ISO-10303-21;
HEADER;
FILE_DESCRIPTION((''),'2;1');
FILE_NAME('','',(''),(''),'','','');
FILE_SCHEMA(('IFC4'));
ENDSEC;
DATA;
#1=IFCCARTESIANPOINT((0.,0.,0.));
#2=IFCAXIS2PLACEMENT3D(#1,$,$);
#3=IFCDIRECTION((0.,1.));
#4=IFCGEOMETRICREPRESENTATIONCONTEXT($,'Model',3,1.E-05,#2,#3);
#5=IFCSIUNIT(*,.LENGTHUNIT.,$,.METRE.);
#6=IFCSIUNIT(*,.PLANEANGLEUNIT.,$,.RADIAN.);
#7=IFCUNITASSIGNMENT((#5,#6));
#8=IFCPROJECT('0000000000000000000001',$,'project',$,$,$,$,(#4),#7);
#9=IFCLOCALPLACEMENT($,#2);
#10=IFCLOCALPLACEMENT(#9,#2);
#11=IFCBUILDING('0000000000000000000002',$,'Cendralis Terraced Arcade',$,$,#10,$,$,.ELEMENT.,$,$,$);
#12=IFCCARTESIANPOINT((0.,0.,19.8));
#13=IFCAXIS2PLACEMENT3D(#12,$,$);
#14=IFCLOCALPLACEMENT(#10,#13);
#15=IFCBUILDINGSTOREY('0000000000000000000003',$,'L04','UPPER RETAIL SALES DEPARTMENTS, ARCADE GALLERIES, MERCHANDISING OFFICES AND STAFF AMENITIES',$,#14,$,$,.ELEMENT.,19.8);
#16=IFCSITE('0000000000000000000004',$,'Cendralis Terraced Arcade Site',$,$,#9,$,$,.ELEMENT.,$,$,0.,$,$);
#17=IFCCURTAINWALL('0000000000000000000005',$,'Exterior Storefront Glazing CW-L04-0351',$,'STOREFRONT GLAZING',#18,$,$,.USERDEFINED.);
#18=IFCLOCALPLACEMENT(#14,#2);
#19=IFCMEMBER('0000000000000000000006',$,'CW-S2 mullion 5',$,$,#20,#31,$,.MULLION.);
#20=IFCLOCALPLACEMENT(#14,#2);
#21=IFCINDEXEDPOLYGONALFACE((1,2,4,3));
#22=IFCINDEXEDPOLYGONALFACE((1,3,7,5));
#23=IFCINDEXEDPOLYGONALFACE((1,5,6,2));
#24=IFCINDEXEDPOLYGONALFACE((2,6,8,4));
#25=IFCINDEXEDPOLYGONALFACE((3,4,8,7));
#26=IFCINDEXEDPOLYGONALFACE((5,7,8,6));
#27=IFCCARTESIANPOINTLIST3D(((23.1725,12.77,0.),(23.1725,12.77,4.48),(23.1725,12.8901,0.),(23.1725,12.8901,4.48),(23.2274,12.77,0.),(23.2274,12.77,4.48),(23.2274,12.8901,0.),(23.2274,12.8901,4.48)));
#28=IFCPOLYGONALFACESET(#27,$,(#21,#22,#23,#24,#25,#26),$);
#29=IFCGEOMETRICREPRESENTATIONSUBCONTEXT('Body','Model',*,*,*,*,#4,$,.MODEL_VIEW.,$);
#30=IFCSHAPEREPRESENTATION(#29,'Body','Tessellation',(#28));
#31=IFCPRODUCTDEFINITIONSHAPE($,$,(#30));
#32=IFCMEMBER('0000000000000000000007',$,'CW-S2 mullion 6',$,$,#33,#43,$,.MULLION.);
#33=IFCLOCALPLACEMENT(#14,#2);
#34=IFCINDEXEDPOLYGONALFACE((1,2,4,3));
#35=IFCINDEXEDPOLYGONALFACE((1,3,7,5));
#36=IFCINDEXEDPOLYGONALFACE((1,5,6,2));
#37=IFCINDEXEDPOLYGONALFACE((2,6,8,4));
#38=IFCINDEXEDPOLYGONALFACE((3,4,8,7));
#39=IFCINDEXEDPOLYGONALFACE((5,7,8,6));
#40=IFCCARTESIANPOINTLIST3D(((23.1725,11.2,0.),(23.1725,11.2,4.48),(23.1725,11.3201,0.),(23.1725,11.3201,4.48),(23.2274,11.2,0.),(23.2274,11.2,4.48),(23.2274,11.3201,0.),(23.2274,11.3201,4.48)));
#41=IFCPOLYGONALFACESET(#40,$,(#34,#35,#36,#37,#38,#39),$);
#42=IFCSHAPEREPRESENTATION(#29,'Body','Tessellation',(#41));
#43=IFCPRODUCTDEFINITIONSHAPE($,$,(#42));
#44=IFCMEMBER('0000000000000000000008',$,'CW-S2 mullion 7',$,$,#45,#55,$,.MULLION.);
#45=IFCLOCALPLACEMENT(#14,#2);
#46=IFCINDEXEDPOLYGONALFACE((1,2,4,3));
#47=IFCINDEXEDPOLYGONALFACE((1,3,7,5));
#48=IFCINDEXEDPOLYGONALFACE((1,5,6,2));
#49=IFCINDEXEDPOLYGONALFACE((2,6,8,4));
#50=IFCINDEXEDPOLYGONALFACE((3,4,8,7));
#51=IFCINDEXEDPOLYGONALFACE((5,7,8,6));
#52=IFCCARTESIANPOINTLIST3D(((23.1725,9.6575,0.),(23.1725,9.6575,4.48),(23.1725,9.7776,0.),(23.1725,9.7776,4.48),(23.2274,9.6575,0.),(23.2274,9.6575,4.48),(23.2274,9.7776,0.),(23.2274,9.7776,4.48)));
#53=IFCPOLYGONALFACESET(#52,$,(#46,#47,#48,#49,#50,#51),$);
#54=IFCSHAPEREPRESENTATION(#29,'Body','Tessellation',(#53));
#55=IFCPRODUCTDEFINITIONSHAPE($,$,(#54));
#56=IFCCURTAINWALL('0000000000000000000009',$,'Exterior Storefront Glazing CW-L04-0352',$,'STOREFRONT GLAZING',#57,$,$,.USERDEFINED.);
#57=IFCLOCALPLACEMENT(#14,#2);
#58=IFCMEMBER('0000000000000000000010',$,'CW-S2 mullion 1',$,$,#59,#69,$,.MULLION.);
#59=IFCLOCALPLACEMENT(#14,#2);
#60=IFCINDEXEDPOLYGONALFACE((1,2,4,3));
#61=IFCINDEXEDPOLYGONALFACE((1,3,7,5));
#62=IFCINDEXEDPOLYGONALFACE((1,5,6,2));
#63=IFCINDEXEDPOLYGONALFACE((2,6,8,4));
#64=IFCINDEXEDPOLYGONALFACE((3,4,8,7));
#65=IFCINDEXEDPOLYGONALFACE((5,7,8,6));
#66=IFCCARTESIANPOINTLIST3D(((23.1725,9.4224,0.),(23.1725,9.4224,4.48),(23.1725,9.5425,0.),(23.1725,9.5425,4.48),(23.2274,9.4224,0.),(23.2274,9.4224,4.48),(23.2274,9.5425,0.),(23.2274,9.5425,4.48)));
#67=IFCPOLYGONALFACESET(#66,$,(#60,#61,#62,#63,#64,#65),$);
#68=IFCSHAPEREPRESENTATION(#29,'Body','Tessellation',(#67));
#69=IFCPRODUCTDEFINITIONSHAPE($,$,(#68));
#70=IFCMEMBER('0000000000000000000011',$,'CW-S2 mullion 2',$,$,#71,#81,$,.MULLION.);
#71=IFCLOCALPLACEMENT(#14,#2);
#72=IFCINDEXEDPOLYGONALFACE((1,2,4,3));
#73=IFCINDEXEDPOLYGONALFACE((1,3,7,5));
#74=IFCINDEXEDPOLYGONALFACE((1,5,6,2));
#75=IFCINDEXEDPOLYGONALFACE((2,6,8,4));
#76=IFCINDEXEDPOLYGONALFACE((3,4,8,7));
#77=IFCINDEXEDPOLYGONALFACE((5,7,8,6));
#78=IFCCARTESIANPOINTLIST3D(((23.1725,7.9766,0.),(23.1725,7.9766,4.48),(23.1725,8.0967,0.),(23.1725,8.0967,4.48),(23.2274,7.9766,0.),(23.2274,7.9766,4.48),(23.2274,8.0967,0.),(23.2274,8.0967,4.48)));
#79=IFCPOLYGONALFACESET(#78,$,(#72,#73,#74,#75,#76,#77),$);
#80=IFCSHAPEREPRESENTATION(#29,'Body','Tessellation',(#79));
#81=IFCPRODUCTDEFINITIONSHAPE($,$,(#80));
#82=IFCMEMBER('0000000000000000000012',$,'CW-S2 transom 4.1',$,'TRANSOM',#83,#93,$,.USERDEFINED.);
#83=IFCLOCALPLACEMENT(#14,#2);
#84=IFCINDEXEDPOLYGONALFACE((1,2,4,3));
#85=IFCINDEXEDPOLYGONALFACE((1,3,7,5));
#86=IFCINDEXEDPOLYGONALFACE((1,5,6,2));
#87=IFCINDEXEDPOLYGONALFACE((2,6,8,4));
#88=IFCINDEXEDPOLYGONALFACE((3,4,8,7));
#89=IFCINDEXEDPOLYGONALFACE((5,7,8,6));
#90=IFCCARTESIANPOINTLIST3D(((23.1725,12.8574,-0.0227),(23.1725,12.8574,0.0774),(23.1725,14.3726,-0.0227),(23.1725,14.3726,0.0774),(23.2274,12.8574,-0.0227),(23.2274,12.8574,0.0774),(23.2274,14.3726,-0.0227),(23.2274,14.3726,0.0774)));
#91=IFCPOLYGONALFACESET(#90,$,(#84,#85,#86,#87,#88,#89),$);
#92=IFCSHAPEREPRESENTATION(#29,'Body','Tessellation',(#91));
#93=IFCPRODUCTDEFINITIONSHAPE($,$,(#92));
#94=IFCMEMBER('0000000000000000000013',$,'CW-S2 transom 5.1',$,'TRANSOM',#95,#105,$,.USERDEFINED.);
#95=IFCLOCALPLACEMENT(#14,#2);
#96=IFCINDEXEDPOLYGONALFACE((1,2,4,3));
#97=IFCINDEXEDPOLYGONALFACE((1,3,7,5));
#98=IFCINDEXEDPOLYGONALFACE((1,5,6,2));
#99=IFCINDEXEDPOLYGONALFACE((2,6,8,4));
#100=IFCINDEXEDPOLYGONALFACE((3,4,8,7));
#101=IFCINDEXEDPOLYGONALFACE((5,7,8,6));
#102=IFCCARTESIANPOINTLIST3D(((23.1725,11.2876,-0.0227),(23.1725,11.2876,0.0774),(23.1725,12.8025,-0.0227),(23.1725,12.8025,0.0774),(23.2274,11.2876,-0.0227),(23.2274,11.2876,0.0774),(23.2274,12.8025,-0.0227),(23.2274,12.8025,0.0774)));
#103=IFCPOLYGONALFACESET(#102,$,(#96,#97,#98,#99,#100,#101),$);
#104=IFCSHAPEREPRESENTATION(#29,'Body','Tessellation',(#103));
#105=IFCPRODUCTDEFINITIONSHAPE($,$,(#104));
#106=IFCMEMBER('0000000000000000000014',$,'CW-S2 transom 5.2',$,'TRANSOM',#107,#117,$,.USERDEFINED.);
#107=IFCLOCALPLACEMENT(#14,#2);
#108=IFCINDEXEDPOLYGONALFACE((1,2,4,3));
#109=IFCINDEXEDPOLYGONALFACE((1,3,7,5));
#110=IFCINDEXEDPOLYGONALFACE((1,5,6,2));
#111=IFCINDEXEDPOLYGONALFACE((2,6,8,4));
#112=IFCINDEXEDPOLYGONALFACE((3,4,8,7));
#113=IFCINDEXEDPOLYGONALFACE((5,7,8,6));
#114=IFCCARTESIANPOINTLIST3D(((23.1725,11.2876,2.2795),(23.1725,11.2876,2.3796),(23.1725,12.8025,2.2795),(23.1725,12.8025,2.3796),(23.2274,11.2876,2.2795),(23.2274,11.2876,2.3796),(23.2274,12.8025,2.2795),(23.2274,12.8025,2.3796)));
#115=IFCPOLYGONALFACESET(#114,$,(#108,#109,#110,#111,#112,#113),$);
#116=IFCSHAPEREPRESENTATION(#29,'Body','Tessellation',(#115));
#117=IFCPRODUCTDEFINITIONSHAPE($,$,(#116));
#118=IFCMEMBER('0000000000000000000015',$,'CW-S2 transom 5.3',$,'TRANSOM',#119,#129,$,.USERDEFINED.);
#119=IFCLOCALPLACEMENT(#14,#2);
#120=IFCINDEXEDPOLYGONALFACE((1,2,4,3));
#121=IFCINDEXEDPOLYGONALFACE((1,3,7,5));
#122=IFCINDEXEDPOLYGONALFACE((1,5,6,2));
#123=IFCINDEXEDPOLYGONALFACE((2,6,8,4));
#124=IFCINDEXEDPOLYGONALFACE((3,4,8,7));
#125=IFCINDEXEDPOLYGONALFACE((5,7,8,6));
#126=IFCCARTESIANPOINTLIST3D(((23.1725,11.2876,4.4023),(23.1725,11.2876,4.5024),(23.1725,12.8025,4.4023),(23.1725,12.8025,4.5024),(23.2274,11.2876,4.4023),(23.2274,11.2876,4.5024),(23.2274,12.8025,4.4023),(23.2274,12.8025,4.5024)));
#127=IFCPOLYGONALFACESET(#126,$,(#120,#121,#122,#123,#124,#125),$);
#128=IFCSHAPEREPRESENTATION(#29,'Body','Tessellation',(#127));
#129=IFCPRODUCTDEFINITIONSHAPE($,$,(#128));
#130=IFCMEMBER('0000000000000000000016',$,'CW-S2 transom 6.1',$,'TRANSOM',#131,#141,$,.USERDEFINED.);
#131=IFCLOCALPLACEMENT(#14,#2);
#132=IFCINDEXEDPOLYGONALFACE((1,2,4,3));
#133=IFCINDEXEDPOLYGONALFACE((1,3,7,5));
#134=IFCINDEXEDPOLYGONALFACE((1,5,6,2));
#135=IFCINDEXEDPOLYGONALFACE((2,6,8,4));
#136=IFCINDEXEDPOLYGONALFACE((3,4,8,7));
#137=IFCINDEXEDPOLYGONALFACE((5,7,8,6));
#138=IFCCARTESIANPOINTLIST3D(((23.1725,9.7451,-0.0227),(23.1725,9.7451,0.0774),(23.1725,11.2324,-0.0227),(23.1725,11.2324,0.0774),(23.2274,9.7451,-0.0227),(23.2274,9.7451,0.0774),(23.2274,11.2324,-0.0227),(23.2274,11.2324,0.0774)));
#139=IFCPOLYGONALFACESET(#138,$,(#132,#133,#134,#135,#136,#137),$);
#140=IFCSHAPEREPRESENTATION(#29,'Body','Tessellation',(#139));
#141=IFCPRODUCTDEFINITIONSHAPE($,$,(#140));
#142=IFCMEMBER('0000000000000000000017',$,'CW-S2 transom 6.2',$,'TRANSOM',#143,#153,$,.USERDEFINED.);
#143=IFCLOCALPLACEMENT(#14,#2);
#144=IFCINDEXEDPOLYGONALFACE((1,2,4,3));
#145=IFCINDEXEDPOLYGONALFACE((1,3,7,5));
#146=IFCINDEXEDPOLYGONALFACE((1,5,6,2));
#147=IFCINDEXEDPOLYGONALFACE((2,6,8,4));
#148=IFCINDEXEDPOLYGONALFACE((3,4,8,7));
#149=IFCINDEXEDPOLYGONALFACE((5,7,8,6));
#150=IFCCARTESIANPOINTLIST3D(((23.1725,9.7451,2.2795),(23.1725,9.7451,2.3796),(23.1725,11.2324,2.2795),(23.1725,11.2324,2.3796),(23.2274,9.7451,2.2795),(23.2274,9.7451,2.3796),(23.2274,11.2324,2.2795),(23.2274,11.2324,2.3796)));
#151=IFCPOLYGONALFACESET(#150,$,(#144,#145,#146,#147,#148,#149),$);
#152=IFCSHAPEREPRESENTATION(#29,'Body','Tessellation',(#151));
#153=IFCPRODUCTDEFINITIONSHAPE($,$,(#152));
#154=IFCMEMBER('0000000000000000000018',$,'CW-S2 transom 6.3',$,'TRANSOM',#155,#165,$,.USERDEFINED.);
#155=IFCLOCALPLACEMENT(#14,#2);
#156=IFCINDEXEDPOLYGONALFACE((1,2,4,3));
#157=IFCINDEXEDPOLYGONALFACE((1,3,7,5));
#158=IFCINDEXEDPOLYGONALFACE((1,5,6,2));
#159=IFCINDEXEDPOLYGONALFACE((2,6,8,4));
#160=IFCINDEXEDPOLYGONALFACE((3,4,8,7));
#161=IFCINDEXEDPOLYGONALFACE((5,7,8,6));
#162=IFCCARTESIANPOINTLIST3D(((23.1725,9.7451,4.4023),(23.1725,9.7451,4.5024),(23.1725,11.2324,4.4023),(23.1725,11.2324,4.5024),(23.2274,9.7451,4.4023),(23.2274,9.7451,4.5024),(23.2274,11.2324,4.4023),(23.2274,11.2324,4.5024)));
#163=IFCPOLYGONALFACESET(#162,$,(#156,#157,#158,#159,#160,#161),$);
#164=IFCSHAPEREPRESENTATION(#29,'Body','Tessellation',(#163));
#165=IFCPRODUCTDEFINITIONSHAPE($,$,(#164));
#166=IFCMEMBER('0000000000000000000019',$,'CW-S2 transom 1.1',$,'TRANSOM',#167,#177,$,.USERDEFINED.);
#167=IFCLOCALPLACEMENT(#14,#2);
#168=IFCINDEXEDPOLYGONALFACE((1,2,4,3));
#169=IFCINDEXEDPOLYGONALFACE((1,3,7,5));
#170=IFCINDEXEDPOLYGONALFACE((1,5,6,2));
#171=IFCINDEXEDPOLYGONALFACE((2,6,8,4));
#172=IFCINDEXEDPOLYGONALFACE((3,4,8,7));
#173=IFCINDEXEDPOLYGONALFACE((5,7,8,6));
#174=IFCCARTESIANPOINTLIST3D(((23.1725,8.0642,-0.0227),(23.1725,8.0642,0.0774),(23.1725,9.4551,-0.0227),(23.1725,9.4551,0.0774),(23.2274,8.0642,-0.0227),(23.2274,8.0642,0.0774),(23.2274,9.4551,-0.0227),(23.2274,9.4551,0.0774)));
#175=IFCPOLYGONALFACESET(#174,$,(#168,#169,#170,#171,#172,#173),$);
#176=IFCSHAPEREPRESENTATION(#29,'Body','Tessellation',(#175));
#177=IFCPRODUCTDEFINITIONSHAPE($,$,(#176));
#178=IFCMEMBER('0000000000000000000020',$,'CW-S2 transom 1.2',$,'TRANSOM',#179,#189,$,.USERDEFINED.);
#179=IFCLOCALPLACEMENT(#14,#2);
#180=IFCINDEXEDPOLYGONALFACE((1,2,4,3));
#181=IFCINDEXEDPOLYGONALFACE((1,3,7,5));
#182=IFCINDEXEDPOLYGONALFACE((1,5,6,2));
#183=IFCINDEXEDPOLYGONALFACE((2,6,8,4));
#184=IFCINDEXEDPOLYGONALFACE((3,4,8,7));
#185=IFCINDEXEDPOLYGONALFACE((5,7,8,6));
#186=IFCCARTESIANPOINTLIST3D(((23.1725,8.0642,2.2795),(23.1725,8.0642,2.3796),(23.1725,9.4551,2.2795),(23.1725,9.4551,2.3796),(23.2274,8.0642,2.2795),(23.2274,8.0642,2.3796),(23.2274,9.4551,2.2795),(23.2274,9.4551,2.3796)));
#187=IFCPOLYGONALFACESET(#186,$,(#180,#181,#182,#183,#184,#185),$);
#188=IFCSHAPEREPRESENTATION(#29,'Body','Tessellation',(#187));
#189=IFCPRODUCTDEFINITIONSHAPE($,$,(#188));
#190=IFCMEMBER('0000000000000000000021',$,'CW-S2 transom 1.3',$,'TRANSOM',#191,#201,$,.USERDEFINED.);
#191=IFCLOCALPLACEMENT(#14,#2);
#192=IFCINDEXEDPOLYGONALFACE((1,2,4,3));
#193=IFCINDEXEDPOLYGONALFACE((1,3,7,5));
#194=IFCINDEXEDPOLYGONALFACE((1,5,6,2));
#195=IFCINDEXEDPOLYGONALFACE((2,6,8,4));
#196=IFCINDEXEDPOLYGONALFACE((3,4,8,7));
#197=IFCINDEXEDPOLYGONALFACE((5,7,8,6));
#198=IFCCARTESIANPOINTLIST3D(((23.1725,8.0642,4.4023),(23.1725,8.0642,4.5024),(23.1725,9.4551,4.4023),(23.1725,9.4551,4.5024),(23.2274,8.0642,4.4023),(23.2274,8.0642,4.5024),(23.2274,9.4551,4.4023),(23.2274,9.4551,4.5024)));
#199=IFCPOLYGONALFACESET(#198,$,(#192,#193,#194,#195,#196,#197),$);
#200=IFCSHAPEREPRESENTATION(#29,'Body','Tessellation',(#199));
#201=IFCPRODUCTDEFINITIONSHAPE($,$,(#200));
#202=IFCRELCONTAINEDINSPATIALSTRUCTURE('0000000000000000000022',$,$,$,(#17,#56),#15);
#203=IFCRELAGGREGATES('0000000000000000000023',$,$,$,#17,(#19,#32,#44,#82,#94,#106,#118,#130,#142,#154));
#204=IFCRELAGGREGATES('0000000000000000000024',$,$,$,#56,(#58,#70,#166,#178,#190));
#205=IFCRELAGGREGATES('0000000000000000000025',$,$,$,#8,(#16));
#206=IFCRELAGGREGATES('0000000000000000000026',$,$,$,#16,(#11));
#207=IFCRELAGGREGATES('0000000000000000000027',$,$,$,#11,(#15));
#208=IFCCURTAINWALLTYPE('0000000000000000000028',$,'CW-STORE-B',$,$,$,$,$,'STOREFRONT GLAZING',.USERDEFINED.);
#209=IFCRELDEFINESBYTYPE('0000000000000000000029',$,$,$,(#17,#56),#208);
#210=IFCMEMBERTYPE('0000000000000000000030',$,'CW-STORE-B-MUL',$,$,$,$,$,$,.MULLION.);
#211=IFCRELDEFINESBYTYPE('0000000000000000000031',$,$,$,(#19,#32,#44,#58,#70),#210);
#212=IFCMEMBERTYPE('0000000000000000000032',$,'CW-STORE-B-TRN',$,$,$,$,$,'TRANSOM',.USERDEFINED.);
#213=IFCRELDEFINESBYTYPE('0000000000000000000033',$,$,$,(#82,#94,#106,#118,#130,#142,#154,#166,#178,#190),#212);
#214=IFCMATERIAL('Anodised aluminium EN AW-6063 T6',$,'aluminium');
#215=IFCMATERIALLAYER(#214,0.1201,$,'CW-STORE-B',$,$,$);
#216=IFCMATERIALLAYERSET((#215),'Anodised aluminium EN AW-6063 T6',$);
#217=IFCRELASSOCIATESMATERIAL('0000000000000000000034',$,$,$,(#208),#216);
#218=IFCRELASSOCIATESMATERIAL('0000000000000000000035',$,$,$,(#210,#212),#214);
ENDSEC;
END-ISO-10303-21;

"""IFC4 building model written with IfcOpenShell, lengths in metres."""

from ifc_helpers import new_model, si_unit, direction, frame, origin, origin_2d, place, context, subcontext, project, spatial, rectangle, extrude, material, layer, layer_set, material_profile, profile_set, type_object, element, aggregate, save


model = new_model("IFC4")

# Units and contexts
model_context = context("Model", 3, precision=1e-05, world=origin(), true_north=direction((0.0, 1.0)))
body_context = subcontext(model_context, "Body", "Model", "MODEL_VIEW")
ifc_project = project(units=[si_unit("LENGTHUNIT", "METRE"), si_unit("PLANEANGLEUNIT", "RADIAN")], contexts=[model_context])

# Site, building, storey
site_placement = place(None, origin())
site = spatial("IfcSite", under=ifc_project, at=site_placement, Name="Cendralis Terraced Arcade Site", CompositionType="ELEMENT", RefElevation=0.0)
building_placement = place(site_placement, origin())
building = spatial("IfcBuilding", under=site, at=building_placement, Name="Cendralis Terraced Arcade", CompositionType="ELEMENT")
storey_placement = place(building_placement, frame((0.0, 0.0, 19.8)))
storey = spatial("IfcBuildingStorey", under=building, at=storey_placement, Name="L04", Description="UPPER RETAIL SALES DEPARTMENTS, ARCADE GALLERIES, MERCHANDISING OFFICES AND STAFF AMENITIES", CompositionType="ELEMENT", Elevation=19.8)

# Curtain walls, members
ifc_material_1 = material(Name="Anodised aluminium EN AW-6063 T6", Category="aluminium")
ifc_layer_1 = layer(ifc_material_1, 0.1201, Name="CW-STORE-B")
ifc_layer_set_1 = layer_set([ifc_layer_1], Name="Anodised aluminium EN AW-6063 T6")
curtain_wall_type = type_object("IfcCurtainWallType", Name="CW-STORE-B", ElementType="STOREFRONT GLAZING", PredefinedType="USERDEFINED", material=ifc_layer_set_1)
curtain_wall_1_placement = place(storey_placement, origin())
curtain_wall_1 = element("IfcCurtainWall", 1, at=curtain_wall_1_placement, inside=storey, type_object=curtain_wall_type, Name="Exterior Storefront Glazing CW-L04-0351", ObjectType="STOREFRONT GLAZING", PredefinedType="USERDEFINED")
ifc_material_profile_1 = material_profile(ifc_material_1, rectangle(XDim=0.0549, YDim=0.1201, at=origin_2d()), Name="ALU-MUL-55x120")
ifc_profile_set_1 = profile_set([ifc_material_profile_1], Name="Anodised aluminium EN AW-6063 T6")
member_type_1 = type_object("IfcMemberType", Name="CW-STORE-B-MUL", PredefinedType="MULLION", material=ifc_profile_set_1)
member_1_placement = place(storey_placement, frame((23.2, 12.8301, 0.0), z_axis=(0.0, 0.0, 1.0), x_axis=(1.0, 0.0, 0.0)))
member_1 = element("IfcMember", 2, at=member_1_placement, type_object=member_type_1, Name="CW-S2 mullion 5", PredefinedType="MULLION", context=body_context, shape_type="SweptSolid", body=[
    extrude(rectangle(XDim=0.0549, YDim=0.1201, at=origin_2d()), origin(), (0.0, 0.0, 1.0), 4.48),
])
member_2_placement = place(storey_placement, frame((23.2, 11.26, 0.0), z_axis=(0.0, 0.0, 1.0), x_axis=(1.0, 0.0, 0.0)))
member_2 = element("IfcMember", 3, at=member_2_placement, type_object=member_type_1, Name="CW-S2 mullion 6", PredefinedType="MULLION", context=body_context, shape_type="SweptSolid", body=[
    extrude(rectangle(XDim=0.0549, YDim=0.1201, at=origin_2d()), origin(), (0.0, 0.0, 1.0), 4.48),
])
member_3_placement = place(storey_placement, frame((23.2, 9.7175, 0.0), z_axis=(0.0, 0.0, 1.0), x_axis=(1.0, 0.0, 0.0)))
member_3 = element("IfcMember", 4, at=member_3_placement, type_object=member_type_1, Name="CW-S2 mullion 7", PredefinedType="MULLION", context=body_context, shape_type="SweptSolid", body=[
    extrude(rectangle(XDim=0.0549, YDim=0.1201, at=origin_2d()), origin(), (0.0, 0.0, 1.0), 4.48),
])
curtain_wall_2_placement = place(storey_placement, origin())
curtain_wall_2 = element("IfcCurtainWall", 5, at=curtain_wall_2_placement, inside=storey, type_object=curtain_wall_type, Name="Exterior Storefront Glazing CW-L04-0352", ObjectType="STOREFRONT GLAZING", PredefinedType="USERDEFINED")
member_4_placement = place(storey_placement, frame((23.2, 9.4824, 0.0), z_axis=(0.0, 0.0, 1.0), x_axis=(1.0, 0.0, 0.0)))
member_4 = element("IfcMember", 6, at=member_4_placement, type_object=member_type_1, Name="CW-S2 mullion 1", PredefinedType="MULLION", context=body_context, shape_type="SweptSolid", body=[
    extrude(rectangle(XDim=0.0549, YDim=0.1201, at=origin_2d()), origin(), (0.0, 0.0, 1.0), 4.48),
])
member_5_placement = place(storey_placement, frame((23.2, 8.0366, 0.0), z_axis=(0.0, 0.0, 1.0), x_axis=(1.0, 0.0, 0.0)))
member_5 = element("IfcMember", 7, at=member_5_placement, type_object=member_type_1, Name="CW-S2 mullion 2", PredefinedType="MULLION", context=body_context, shape_type="SweptSolid", body=[
    extrude(rectangle(XDim=0.0549, YDim=0.1201, at=origin_2d()), origin(), (0.0, 0.0, 1.0), 4.48),
])

# Members
ifc_material_profile_2 = material_profile(ifc_material_1, rectangle(XDim=0.0549, YDim=0.1001, at=origin_2d()), Name="ALU-TRN-55x100")
ifc_profile_set_2 = profile_set([ifc_material_profile_2], Name="Anodised aluminium EN AW-6063 T6")
member_type_2 = type_object("IfcMemberType", Name="CW-STORE-B-TRN", ElementType="TRANSOM", PredefinedType="USERDEFINED", material=ifc_profile_set_2)
member_6_placement = place(storey_placement, frame((23.2, 14.3726, 0.0273), z_axis=(0.0, -1.0, 0.0), x_axis=(1.0, 0.0, 0.0)))
member_6 = element("IfcMember", 8, at=member_6_placement, type_object=member_type_2, Name="CW-S2 transom 4.1", ObjectType="TRANSOM", PredefinedType="USERDEFINED", context=body_context, shape_type="SweptSolid", body=[
    extrude(rectangle(XDim=0.0549, YDim=0.1001, at=origin_2d()), origin(), (0.0, 0.0, 1.0), 1.5151),
])
member_7_placement = place(storey_placement, frame((23.2, 12.8025, 0.0273), z_axis=(0.0, -1.0, 0.0), x_axis=(1.0, 0.0, 0.0)))
member_7 = element("IfcMember", 9, at=member_7_placement, type_object=member_type_2, Name="CW-S2 transom 5.1", ObjectType="TRANSOM", PredefinedType="USERDEFINED", context=body_context, shape_type="SweptSolid", body=[
    extrude(rectangle(XDim=0.0549, YDim=0.1001, at=origin_2d()), origin(), (0.0, 0.0, 1.0), 1.5149),
])
member_8_placement = place(storey_placement, frame((23.2, 12.8025, 2.3296), z_axis=(0.0, -1.0, 0.0), x_axis=(1.0, 0.0, 0.0)))
member_8 = element("IfcMember", 10, at=member_8_placement, type_object=member_type_2, Name="CW-S2 transom 5.2", ObjectType="TRANSOM", PredefinedType="USERDEFINED", context=body_context, shape_type="SweptSolid", body=[
    extrude(rectangle(XDim=0.0549, YDim=0.1001, at=origin_2d()), origin(), (0.0, 0.0, 1.0), 1.5149),
])
member_9_placement = place(storey_placement, frame((23.2, 12.8025, 4.4524), z_axis=(0.0, -1.0, 0.0), x_axis=(1.0, 0.0, 0.0)))
member_9 = element("IfcMember", 11, at=member_9_placement, type_object=member_type_2, Name="CW-S2 transom 5.3", ObjectType="TRANSOM", PredefinedType="USERDEFINED", context=body_context, shape_type="SweptSolid", body=[
    extrude(rectangle(XDim=0.0549, YDim=0.1001, at=origin_2d()), origin(), (0.0, 0.0, 1.0), 1.5149),
])
member_10_placement = place(storey_placement, frame((23.2, 11.2324, 0.0273), z_axis=(0.0, -1.0, 0.0), x_axis=(1.0, 0.0, 0.0)))
member_10 = element("IfcMember", 12, at=member_10_placement, type_object=member_type_2, Name="CW-S2 transom 6.1", ObjectType="TRANSOM", PredefinedType="USERDEFINED", context=body_context, shape_type="SweptSolid", body=[
    extrude(rectangle(XDim=0.0549, YDim=0.1001, at=origin_2d()), origin(), (0.0, 0.0, 1.0), 1.4873),
])
member_11_placement = place(storey_placement, frame((23.2, 11.2324, 2.3296), z_axis=(0.0, -1.0, 0.0), x_axis=(1.0, 0.0, 0.0)))
member_11 = element("IfcMember", 13, at=member_11_placement, type_object=member_type_2, Name="CW-S2 transom 6.2", ObjectType="TRANSOM", PredefinedType="USERDEFINED", context=body_context, shape_type="SweptSolid", body=[
    extrude(rectangle(XDim=0.0549, YDim=0.1001, at=origin_2d()), origin(), (0.0, 0.0, 1.0), 1.4873),
])
member_12_placement = place(storey_placement, frame((23.2, 11.2324, 4.4524), z_axis=(0.0, -1.0, 0.0), x_axis=(1.0, 0.0, 0.0)))
member_12 = element("IfcMember", 14, at=member_12_placement, type_object=member_type_2, Name="CW-S2 transom 6.3", ObjectType="TRANSOM", PredefinedType="USERDEFINED", context=body_context, shape_type="SweptSolid", body=[
    extrude(rectangle(XDim=0.0549, YDim=0.1001, at=origin_2d()), origin(), (0.0, 0.0, 1.0), 1.4873),
])
member_13_placement = place(storey_placement, frame((23.2, 9.4551, 0.0273), z_axis=(0.0, -1.0, 0.0), x_axis=(1.0, 0.0, 0.0)))
member_13 = element("IfcMember", 15, at=member_13_placement, type_object=member_type_2, Name="CW-S2 transom 1.1", ObjectType="TRANSOM", PredefinedType="USERDEFINED", context=body_context, shape_type="SweptSolid", body=[
    extrude(rectangle(XDim=0.0549, YDim=0.1001, at=origin_2d()), origin(), (0.0, 0.0, 1.0), 1.3909),
])
member_14_placement = place(storey_placement, frame((23.2, 9.4551, 2.3296), z_axis=(0.0, -1.0, 0.0), x_axis=(1.0, 0.0, 0.0)))
member_14 = element("IfcMember", 16, at=member_14_placement, type_object=member_type_2, Name="CW-S2 transom 1.2", ObjectType="TRANSOM", PredefinedType="USERDEFINED", context=body_context, shape_type="SweptSolid", body=[
    extrude(rectangle(XDim=0.0549, YDim=0.1001, at=origin_2d()), origin(), (0.0, 0.0, 1.0), 1.3909),
])
member_15_placement = place(storey_placement, frame((23.2, 9.4551, 4.4524), z_axis=(0.0, -1.0, 0.0), x_axis=(1.0, 0.0, 0.0)))
member_15 = element("IfcMember", 17, at=member_15_placement, type_object=member_type_2, Name="CW-S2 transom 1.3", ObjectType="TRANSOM", PredefinedType="USERDEFINED", context=body_context, shape_type="SweptSolid", body=[
    extrude(rectangle(XDim=0.0549, YDim=0.1001, at=origin_2d()), origin(), (0.0, 0.0, 1.0), 1.3909),
])

aggregate(curtain_wall_1, [member_1, member_2, member_3, member_6, member_7, member_8, member_9, member_10, member_11, member_12])
aggregate(curtain_wall_2, [member_4, member_5, member_13, member_14, member_15])

save(model, "model.ifc")
